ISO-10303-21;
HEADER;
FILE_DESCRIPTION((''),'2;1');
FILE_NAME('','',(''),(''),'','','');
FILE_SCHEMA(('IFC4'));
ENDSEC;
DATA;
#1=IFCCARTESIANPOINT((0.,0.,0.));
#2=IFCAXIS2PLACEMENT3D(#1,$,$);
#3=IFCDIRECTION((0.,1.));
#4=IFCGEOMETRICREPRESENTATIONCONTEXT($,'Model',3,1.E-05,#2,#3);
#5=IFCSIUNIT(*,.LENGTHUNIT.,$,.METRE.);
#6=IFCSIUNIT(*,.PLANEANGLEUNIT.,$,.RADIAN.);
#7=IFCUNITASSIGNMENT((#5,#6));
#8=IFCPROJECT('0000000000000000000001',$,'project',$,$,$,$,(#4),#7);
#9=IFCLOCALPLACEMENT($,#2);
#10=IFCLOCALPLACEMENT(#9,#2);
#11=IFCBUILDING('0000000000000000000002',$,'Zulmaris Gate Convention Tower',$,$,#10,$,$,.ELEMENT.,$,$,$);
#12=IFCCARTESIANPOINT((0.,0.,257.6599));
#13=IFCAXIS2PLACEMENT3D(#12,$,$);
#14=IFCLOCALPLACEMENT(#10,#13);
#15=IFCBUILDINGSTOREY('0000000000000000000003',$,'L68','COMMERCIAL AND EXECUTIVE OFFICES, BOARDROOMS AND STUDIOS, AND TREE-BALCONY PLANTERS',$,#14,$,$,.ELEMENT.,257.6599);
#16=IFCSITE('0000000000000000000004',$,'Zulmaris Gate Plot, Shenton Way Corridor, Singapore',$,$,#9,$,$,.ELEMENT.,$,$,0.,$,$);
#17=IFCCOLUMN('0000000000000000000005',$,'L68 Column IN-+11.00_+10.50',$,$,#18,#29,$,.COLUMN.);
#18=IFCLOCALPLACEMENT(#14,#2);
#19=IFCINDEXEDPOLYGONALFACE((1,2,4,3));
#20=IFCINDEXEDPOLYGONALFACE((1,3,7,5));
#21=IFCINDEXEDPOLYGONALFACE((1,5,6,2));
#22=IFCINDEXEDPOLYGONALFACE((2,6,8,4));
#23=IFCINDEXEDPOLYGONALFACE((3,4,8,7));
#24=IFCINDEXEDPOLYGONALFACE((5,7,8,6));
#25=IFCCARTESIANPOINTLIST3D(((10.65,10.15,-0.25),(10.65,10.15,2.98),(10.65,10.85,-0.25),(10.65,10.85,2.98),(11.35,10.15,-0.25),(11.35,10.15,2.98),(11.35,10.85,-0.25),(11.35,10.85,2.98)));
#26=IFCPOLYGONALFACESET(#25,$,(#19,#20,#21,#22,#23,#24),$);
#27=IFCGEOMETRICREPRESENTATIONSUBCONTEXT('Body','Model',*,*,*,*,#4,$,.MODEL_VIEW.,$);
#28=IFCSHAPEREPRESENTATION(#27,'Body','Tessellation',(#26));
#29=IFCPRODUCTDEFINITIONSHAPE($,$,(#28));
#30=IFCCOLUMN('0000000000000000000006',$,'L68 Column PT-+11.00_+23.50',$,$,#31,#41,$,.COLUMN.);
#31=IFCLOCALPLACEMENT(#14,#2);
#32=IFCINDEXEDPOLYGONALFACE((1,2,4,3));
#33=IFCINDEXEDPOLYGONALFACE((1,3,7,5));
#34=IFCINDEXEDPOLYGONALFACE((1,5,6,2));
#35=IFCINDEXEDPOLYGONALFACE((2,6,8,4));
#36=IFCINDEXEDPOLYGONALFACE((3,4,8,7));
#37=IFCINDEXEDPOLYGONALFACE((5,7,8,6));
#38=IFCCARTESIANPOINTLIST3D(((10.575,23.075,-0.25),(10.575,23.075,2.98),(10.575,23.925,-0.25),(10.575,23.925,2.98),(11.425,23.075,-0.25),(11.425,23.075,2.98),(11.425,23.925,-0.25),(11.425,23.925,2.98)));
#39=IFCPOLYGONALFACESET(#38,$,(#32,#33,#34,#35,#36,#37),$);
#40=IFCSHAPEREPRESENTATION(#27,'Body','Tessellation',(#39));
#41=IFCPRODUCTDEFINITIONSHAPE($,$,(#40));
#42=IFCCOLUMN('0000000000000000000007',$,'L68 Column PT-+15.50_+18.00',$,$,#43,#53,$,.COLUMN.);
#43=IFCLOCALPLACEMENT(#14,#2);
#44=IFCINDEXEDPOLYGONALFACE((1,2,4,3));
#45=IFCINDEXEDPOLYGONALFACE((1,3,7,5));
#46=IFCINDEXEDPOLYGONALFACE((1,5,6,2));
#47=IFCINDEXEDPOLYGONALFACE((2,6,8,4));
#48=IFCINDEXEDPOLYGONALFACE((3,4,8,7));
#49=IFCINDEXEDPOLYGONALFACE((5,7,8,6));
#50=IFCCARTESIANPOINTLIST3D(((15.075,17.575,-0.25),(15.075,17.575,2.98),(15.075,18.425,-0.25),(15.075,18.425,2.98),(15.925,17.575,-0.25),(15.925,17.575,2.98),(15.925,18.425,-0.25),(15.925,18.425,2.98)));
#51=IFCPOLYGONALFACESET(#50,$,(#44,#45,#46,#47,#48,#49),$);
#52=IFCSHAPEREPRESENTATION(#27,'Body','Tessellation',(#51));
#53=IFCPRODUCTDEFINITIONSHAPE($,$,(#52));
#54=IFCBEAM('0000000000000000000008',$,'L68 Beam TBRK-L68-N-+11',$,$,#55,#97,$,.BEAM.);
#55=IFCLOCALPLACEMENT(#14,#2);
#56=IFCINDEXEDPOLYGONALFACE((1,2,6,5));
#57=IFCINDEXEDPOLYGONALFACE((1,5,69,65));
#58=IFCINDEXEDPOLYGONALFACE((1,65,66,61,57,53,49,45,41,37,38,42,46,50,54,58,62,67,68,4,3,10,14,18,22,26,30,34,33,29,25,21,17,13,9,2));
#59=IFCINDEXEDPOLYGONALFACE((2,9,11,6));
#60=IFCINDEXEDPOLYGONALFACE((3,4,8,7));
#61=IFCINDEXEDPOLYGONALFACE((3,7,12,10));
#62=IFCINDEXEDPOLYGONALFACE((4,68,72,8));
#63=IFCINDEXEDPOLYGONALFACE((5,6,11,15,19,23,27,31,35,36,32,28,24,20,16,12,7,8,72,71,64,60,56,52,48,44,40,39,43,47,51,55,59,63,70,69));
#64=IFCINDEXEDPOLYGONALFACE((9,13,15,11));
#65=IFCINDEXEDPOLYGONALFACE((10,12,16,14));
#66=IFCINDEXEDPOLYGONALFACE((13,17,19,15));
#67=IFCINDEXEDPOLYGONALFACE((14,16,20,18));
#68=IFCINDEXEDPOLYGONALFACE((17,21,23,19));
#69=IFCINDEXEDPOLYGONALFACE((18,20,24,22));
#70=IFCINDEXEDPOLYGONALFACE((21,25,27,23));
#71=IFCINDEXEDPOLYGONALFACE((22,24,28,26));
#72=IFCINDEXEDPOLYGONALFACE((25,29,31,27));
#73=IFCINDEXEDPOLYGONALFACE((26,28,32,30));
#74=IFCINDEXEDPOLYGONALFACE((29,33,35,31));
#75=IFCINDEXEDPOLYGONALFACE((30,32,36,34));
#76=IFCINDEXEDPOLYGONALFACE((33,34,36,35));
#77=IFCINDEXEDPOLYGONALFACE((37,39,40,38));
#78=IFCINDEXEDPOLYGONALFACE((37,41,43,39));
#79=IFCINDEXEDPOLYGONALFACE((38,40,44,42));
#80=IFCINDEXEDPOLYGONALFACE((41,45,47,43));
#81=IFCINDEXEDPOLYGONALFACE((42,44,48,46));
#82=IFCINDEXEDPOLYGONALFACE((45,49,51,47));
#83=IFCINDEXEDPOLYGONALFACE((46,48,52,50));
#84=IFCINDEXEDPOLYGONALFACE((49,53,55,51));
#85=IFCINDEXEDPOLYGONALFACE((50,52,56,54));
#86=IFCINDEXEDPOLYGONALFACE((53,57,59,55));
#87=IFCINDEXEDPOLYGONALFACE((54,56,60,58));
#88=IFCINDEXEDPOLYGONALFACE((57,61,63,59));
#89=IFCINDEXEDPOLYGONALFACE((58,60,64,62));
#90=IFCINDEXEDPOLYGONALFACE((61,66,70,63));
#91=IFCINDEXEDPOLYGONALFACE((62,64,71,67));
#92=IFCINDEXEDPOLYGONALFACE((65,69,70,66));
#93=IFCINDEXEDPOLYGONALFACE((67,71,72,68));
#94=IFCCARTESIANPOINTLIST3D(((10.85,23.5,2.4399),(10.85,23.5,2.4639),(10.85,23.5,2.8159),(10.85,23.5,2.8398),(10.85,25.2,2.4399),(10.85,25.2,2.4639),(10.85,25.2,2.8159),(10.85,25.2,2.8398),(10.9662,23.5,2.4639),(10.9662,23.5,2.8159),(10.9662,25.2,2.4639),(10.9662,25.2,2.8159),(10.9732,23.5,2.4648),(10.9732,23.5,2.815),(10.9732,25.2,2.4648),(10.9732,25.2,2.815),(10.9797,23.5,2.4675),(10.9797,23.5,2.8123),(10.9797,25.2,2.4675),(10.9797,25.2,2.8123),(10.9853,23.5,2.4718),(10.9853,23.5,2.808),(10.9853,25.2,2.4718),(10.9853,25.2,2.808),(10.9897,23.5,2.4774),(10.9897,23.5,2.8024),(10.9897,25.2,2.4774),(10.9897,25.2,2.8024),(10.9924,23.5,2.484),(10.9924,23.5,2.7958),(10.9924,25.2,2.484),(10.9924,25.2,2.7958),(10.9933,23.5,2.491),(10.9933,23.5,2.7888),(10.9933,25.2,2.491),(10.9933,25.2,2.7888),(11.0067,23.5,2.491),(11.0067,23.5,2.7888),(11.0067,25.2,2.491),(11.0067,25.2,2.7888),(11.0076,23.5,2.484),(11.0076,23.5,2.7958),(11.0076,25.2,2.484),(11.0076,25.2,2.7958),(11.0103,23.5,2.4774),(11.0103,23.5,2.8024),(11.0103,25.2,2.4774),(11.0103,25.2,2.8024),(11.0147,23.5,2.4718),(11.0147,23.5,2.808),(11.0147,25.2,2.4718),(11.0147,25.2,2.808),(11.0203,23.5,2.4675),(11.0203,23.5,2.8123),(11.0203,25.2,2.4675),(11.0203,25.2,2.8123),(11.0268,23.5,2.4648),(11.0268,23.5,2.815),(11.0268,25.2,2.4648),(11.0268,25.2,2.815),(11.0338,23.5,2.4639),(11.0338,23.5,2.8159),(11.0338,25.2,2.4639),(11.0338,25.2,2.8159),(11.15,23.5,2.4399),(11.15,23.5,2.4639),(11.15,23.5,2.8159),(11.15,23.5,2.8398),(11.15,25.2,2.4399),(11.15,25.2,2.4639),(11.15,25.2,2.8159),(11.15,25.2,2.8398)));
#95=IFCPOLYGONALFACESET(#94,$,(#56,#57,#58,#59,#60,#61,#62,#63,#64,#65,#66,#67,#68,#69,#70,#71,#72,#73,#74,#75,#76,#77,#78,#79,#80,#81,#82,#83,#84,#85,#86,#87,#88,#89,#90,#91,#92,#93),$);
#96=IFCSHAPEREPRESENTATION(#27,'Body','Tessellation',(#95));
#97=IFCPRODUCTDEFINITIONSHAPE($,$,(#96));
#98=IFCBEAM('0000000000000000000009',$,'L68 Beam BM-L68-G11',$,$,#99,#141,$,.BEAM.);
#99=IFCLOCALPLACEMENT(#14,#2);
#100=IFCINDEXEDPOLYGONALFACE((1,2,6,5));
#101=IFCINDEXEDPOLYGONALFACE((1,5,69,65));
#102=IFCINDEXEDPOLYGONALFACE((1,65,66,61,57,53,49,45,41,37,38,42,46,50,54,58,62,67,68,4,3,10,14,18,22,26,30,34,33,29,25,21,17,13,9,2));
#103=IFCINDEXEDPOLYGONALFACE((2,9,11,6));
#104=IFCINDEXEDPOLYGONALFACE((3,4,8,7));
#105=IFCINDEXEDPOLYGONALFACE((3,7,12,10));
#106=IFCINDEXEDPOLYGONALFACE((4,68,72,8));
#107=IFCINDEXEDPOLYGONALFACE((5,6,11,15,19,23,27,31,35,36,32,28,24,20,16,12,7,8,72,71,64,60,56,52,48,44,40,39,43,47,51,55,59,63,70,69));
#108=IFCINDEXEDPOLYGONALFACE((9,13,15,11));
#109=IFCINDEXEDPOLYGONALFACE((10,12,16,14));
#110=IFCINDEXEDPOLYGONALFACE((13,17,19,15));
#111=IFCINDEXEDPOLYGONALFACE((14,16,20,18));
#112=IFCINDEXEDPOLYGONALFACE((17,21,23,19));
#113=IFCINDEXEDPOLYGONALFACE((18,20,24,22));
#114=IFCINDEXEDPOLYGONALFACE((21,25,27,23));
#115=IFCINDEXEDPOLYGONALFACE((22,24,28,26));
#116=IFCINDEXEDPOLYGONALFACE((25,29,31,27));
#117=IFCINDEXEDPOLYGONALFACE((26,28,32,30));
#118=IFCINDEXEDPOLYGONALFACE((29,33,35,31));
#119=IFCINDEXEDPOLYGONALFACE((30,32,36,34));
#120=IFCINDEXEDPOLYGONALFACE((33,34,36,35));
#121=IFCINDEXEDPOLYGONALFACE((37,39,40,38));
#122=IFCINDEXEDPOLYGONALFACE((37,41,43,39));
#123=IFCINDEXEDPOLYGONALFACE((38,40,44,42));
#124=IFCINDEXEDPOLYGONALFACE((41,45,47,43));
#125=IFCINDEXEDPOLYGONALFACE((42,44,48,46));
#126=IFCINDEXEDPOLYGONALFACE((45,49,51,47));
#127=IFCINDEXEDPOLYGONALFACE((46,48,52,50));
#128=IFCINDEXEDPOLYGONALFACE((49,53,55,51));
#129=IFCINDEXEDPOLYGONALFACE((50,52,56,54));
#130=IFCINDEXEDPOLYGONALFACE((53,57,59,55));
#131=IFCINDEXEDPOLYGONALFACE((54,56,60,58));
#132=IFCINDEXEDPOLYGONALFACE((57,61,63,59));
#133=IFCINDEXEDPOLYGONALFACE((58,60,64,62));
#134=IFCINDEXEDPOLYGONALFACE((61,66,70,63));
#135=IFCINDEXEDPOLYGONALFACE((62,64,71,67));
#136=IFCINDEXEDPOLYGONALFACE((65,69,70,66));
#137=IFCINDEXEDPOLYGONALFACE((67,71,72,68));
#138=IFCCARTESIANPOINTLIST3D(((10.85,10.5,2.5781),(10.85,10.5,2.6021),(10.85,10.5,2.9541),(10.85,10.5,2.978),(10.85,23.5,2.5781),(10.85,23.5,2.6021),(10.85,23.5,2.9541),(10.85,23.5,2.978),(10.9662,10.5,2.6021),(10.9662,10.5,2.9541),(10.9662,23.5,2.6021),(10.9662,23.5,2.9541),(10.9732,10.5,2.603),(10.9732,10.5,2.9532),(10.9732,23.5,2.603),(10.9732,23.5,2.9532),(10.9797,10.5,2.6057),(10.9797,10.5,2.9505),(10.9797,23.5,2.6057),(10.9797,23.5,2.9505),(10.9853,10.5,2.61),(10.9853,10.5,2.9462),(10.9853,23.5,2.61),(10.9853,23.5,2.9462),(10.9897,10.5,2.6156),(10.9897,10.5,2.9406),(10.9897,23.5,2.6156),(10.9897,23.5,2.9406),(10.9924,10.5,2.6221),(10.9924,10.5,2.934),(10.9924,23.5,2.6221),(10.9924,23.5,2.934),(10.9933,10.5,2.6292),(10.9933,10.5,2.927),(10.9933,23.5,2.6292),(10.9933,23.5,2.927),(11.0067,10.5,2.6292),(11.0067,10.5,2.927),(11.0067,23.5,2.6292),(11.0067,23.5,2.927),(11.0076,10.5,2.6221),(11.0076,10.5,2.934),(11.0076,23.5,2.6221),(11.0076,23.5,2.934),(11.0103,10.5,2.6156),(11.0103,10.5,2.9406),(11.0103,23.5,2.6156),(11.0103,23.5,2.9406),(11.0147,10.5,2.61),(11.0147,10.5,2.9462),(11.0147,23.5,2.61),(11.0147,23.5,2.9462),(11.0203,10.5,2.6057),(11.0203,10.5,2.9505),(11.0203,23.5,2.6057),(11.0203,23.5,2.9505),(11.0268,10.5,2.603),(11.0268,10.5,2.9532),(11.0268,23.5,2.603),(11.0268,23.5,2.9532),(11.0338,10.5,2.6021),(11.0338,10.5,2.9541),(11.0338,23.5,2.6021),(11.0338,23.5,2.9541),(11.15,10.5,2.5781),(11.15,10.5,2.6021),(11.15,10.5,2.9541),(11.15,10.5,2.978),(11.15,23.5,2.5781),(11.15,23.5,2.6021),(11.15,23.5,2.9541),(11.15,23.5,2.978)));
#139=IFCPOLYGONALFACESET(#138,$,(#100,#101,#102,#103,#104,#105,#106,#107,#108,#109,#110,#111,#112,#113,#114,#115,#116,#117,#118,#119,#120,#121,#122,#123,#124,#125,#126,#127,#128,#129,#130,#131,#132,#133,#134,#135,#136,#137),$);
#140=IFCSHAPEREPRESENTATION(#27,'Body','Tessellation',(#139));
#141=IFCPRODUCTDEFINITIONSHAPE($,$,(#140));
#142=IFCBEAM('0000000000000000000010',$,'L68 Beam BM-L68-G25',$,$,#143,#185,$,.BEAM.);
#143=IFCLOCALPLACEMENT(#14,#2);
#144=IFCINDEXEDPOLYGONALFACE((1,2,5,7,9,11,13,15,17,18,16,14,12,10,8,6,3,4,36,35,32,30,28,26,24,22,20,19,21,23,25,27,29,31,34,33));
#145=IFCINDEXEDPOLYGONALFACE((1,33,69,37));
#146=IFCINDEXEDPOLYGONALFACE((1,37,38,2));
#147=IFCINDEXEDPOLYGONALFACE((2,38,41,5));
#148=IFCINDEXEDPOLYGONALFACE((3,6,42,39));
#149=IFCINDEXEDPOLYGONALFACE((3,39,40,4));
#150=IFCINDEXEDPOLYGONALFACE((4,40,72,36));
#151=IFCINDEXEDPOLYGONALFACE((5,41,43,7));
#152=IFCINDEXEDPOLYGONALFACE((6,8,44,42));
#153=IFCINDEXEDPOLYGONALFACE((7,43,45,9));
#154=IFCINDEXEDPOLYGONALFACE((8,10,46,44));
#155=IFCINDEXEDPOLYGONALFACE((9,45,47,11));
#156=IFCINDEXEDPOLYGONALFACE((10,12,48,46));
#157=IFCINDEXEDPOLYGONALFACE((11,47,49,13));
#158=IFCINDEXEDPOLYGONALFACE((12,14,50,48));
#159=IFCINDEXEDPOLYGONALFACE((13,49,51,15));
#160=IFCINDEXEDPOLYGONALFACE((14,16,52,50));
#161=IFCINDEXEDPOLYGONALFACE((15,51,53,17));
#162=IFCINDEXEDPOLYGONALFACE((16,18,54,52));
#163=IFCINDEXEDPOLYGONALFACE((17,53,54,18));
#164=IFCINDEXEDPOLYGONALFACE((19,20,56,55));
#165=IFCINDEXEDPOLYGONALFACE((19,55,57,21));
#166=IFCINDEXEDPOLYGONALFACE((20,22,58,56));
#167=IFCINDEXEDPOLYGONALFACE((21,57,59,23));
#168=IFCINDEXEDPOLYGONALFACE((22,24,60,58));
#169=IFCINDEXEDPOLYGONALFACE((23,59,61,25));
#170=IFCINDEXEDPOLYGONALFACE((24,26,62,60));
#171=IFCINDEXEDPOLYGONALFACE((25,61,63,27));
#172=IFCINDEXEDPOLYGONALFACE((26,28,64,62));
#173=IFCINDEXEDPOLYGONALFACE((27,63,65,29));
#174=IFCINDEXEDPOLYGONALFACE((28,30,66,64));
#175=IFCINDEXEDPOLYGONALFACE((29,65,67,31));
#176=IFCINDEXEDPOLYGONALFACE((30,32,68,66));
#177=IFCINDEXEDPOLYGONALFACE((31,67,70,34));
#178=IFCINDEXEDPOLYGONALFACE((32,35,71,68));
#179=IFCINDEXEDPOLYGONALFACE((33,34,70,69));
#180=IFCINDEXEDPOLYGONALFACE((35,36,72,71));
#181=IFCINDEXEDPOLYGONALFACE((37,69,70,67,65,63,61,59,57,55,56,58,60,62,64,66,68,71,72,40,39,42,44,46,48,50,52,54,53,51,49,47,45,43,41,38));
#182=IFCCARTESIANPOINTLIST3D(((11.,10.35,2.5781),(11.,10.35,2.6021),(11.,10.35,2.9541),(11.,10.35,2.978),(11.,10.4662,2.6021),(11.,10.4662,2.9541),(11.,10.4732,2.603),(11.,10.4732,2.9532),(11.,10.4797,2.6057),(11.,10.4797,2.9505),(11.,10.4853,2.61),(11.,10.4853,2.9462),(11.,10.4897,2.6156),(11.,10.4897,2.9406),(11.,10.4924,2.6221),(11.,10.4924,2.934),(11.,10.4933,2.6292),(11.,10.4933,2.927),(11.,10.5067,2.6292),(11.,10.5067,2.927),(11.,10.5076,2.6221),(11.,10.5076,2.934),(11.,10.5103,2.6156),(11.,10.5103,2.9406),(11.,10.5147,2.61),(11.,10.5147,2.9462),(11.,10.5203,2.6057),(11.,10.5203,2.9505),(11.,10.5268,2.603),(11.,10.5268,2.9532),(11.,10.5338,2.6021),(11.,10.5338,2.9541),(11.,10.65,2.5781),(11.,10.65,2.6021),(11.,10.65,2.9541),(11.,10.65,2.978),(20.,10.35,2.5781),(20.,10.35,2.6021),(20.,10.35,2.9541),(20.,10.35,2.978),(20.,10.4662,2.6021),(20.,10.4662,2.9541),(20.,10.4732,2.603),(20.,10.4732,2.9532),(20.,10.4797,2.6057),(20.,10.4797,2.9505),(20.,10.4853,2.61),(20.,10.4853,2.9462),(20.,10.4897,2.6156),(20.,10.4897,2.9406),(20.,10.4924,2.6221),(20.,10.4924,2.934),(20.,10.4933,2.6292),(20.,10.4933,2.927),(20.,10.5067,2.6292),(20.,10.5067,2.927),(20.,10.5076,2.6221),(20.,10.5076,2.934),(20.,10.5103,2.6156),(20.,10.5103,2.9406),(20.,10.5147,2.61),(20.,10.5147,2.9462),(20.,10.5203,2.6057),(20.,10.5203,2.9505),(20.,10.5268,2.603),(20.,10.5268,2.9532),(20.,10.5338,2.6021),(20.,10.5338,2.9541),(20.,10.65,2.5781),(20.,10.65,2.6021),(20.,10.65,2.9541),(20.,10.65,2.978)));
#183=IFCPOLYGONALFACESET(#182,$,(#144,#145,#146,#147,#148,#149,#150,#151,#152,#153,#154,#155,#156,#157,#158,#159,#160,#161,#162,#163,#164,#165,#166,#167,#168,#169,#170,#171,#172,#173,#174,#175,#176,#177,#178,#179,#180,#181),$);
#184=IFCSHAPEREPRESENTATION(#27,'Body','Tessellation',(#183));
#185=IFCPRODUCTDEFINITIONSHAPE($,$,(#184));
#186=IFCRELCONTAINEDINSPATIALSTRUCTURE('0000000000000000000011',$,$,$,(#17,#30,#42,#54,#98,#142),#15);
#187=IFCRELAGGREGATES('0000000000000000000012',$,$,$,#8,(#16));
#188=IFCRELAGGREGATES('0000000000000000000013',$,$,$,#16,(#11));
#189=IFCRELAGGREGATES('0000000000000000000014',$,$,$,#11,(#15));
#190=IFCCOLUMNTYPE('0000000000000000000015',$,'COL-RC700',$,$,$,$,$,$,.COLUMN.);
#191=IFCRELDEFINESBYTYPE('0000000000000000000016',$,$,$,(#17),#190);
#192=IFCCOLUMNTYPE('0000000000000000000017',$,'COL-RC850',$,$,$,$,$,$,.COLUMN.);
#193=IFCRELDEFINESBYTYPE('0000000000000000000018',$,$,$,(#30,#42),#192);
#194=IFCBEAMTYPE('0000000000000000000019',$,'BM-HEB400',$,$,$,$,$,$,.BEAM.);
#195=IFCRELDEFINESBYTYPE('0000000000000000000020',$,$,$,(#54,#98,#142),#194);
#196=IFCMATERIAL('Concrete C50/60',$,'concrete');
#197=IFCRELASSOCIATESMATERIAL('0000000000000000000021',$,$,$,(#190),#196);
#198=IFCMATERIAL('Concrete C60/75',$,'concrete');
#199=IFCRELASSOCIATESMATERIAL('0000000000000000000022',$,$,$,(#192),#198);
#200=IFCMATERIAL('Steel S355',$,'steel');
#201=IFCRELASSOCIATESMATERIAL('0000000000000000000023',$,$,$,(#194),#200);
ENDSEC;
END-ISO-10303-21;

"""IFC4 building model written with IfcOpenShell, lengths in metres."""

from ifc_helpers import new_model, si_unit, direction, frame, origin, origin_2d, place, context, subcontext, project, spatial, rectangle, i_section, extrude, material, material_profile, profile_set, type_object, element, save


model = new_model("IFC4")

# Units and contexts
model_context = context("Model", 3, precision=1e-05, world=origin(), true_north=direction((0.0, 1.0)))
body_context = subcontext(model_context, "Body", "Model", "MODEL_VIEW")
ifc_project = project(units=[si_unit("LENGTHUNIT", "METRE"), si_unit("PLANEANGLEUNIT", "RADIAN")], contexts=[model_context])

# Site, building, storey
site_placement = place(None, origin())
site = spatial("IfcSite", under=ifc_project, at=site_placement, Name="Zulmaris Gate Plot, Shenton Way Corridor, Singapore", CompositionType="ELEMENT", RefElevation=0.0)
building_placement = place(site_placement, origin())
building = spatial("IfcBuilding", under=site, at=building_placement, Name="Zulmaris Gate Convention Tower", CompositionType="ELEMENT")
storey_placement = place(building_placement, frame((0.0, 0.0, 257.6599)))
storey = spatial("IfcBuildingStorey", under=building, at=storey_placement, Name="L68", Description="COMMERCIAL AND EXECUTIVE OFFICES, BOARDROOMS AND STUDIOS, AND TREE-BALCONY PLANTERS", CompositionType="ELEMENT", Elevation=257.6599)

# Columns
ifc_material_1 = material(Name="Concrete C50/60", Category="concrete")
ifc_material_profile_1 = material_profile(ifc_material_1, rectangle(XDim=0.7, YDim=0.7, at=origin_2d()), Name="RC COL 700x700")
ifc_profile_set_1 = profile_set([ifc_material_profile_1], Name="Concrete C50/60")
column_type_1 = type_object("IfcColumnType", Name="COL-RC700", PredefinedType="COLUMN", material=ifc_profile_set_1)
column_placement = place(storey_placement, frame((11.0, 10.5, -0.25), z_axis=(0.0, 0.0, 1.0), x_axis=(1.0, 0.0, 0.0)))
element("IfcColumn", 1, at=column_placement, inside=storey, type_object=column_type_1, Name="L68 Column IN-+11.00_+10.50", PredefinedType="COLUMN", context=body_context, shape_type="SweptSolid", body=[
    extrude(rectangle(XDim=0.7, YDim=0.7, at=origin_2d()), origin(), (0.0, 0.0, 1.0), 3.23),
])
ifc_material_2 = material(Name="Concrete C60/75", Category="concrete")
ifc_material_profile_2 = material_profile(ifc_material_2, rectangle(XDim=0.8501, YDim=0.8501, at=origin_2d()), Name="RC COL 850x850")
ifc_profile_set_2 = profile_set([ifc_material_profile_2], Name="Concrete C60/75")
column_type_2 = type_object("IfcColumnType", Name="COL-RC850", PredefinedType="COLUMN", material=ifc_profile_set_2)
for number, where, z_axis, x_axis, name in (
    (2, (11.0, 23.5, -0.25), (0.0, 0.0, 1.0), (1.0, 0.0, 0.0), "L68 Column PT-+11.00_+23.50"),
    (3, (15.5, 18.0, -0.25), (0.0, 0.0, 1.0), (1.0, 0.0, 0.0), "L68 Column PT-+15.50_+18.00"),
):
    element("IfcColumn", number, at=place(storey_placement, frame(where, z_axis=z_axis, x_axis=x_axis)), inside=storey, type_object=column_type_2, Name=name, PredefinedType="COLUMN", context=body_context, shape_type="SweptSolid", body=[
        extrude(rectangle(XDim=0.8501, YDim=0.8501, at=origin_2d()), origin(), (0.0, 0.0, 1.0), 3.23),
    ])

# Beams
ifc_material_3 = material(Name="Steel S355", Category="steel")
ifc_material_profile_3 = material_profile(ifc_material_3, i_section(OverallWidth=0.3, OverallDepth=0.3999, WebThickness=0.0134, FlangeThickness=0.0239, FilletRadius=0.0271, at=origin_2d()), Name="HEB 400")
ifc_profile_set_3 = profile_set([ifc_material_profile_3], Name="Steel S355")
beam_type_1 = type_object("IfcBeamType", Name="BM-HEB400", PredefinedType="BEAM", material=ifc_profile_set_3)
beam_1_placement = place(storey_placement, frame((11.0, 23.5, 2.6399), z_axis=(0.0, 1.0, 0.0), x_axis=(-1.0, 0.0, 0.0)))
element("IfcBeam", 4, at=beam_1_placement, inside=storey, type_object=beam_type_1, Name="L68 Beam TBRK-L68-N-+11", PredefinedType="BEAM", context=body_context, shape_type="SweptSolid", body=[
    extrude(i_section(OverallWidth=0.3, OverallDepth=0.3999, WebThickness=0.0134, FlangeThickness=0.0239, FilletRadius=0.0271, at=origin_2d()), origin(), (0.0, 0.0, 1.0), 1.7),
])
beam_2_placement = place(storey_placement, frame((11.0, 10.5, 2.7781), z_axis=(0.0, 1.0, 0.0), x_axis=(-1.0, 0.0, 0.0)))
element("IfcBeam", 5, at=beam_2_placement, inside=storey, type_object=beam_type_1, Name="L68 Beam BM-L68-G11", PredefinedType="BEAM", context=body_context, shape_type="SweptSolid", body=[
    extrude(i_section(OverallWidth=0.3, OverallDepth=0.3999, WebThickness=0.0134, FlangeThickness=0.0239, FilletRadius=0.0271, at=origin_2d()), origin(), (0.0, 0.0, 1.0), 13.0),
])
beam_3_placement = place(storey_placement, frame((11.0, 10.5, 2.7781), z_axis=(1.0, 0.0, 0.0), x_axis=(0.0, 1.0, 0.0)))
element("IfcBeam", 6, at=beam_3_placement, inside=storey, type_object=beam_type_1, Name="L68 Beam BM-L68-G25", PredefinedType="BEAM", context=body_context, shape_type="SweptSolid", body=[
    extrude(i_section(OverallWidth=0.3, OverallDepth=0.3999, WebThickness=0.0134, FlangeThickness=0.0239, FilletRadius=0.0271, at=origin_2d()), origin(), (0.0, 0.0, 1.0), 9.0),
])

save(model, "model.ifc")
